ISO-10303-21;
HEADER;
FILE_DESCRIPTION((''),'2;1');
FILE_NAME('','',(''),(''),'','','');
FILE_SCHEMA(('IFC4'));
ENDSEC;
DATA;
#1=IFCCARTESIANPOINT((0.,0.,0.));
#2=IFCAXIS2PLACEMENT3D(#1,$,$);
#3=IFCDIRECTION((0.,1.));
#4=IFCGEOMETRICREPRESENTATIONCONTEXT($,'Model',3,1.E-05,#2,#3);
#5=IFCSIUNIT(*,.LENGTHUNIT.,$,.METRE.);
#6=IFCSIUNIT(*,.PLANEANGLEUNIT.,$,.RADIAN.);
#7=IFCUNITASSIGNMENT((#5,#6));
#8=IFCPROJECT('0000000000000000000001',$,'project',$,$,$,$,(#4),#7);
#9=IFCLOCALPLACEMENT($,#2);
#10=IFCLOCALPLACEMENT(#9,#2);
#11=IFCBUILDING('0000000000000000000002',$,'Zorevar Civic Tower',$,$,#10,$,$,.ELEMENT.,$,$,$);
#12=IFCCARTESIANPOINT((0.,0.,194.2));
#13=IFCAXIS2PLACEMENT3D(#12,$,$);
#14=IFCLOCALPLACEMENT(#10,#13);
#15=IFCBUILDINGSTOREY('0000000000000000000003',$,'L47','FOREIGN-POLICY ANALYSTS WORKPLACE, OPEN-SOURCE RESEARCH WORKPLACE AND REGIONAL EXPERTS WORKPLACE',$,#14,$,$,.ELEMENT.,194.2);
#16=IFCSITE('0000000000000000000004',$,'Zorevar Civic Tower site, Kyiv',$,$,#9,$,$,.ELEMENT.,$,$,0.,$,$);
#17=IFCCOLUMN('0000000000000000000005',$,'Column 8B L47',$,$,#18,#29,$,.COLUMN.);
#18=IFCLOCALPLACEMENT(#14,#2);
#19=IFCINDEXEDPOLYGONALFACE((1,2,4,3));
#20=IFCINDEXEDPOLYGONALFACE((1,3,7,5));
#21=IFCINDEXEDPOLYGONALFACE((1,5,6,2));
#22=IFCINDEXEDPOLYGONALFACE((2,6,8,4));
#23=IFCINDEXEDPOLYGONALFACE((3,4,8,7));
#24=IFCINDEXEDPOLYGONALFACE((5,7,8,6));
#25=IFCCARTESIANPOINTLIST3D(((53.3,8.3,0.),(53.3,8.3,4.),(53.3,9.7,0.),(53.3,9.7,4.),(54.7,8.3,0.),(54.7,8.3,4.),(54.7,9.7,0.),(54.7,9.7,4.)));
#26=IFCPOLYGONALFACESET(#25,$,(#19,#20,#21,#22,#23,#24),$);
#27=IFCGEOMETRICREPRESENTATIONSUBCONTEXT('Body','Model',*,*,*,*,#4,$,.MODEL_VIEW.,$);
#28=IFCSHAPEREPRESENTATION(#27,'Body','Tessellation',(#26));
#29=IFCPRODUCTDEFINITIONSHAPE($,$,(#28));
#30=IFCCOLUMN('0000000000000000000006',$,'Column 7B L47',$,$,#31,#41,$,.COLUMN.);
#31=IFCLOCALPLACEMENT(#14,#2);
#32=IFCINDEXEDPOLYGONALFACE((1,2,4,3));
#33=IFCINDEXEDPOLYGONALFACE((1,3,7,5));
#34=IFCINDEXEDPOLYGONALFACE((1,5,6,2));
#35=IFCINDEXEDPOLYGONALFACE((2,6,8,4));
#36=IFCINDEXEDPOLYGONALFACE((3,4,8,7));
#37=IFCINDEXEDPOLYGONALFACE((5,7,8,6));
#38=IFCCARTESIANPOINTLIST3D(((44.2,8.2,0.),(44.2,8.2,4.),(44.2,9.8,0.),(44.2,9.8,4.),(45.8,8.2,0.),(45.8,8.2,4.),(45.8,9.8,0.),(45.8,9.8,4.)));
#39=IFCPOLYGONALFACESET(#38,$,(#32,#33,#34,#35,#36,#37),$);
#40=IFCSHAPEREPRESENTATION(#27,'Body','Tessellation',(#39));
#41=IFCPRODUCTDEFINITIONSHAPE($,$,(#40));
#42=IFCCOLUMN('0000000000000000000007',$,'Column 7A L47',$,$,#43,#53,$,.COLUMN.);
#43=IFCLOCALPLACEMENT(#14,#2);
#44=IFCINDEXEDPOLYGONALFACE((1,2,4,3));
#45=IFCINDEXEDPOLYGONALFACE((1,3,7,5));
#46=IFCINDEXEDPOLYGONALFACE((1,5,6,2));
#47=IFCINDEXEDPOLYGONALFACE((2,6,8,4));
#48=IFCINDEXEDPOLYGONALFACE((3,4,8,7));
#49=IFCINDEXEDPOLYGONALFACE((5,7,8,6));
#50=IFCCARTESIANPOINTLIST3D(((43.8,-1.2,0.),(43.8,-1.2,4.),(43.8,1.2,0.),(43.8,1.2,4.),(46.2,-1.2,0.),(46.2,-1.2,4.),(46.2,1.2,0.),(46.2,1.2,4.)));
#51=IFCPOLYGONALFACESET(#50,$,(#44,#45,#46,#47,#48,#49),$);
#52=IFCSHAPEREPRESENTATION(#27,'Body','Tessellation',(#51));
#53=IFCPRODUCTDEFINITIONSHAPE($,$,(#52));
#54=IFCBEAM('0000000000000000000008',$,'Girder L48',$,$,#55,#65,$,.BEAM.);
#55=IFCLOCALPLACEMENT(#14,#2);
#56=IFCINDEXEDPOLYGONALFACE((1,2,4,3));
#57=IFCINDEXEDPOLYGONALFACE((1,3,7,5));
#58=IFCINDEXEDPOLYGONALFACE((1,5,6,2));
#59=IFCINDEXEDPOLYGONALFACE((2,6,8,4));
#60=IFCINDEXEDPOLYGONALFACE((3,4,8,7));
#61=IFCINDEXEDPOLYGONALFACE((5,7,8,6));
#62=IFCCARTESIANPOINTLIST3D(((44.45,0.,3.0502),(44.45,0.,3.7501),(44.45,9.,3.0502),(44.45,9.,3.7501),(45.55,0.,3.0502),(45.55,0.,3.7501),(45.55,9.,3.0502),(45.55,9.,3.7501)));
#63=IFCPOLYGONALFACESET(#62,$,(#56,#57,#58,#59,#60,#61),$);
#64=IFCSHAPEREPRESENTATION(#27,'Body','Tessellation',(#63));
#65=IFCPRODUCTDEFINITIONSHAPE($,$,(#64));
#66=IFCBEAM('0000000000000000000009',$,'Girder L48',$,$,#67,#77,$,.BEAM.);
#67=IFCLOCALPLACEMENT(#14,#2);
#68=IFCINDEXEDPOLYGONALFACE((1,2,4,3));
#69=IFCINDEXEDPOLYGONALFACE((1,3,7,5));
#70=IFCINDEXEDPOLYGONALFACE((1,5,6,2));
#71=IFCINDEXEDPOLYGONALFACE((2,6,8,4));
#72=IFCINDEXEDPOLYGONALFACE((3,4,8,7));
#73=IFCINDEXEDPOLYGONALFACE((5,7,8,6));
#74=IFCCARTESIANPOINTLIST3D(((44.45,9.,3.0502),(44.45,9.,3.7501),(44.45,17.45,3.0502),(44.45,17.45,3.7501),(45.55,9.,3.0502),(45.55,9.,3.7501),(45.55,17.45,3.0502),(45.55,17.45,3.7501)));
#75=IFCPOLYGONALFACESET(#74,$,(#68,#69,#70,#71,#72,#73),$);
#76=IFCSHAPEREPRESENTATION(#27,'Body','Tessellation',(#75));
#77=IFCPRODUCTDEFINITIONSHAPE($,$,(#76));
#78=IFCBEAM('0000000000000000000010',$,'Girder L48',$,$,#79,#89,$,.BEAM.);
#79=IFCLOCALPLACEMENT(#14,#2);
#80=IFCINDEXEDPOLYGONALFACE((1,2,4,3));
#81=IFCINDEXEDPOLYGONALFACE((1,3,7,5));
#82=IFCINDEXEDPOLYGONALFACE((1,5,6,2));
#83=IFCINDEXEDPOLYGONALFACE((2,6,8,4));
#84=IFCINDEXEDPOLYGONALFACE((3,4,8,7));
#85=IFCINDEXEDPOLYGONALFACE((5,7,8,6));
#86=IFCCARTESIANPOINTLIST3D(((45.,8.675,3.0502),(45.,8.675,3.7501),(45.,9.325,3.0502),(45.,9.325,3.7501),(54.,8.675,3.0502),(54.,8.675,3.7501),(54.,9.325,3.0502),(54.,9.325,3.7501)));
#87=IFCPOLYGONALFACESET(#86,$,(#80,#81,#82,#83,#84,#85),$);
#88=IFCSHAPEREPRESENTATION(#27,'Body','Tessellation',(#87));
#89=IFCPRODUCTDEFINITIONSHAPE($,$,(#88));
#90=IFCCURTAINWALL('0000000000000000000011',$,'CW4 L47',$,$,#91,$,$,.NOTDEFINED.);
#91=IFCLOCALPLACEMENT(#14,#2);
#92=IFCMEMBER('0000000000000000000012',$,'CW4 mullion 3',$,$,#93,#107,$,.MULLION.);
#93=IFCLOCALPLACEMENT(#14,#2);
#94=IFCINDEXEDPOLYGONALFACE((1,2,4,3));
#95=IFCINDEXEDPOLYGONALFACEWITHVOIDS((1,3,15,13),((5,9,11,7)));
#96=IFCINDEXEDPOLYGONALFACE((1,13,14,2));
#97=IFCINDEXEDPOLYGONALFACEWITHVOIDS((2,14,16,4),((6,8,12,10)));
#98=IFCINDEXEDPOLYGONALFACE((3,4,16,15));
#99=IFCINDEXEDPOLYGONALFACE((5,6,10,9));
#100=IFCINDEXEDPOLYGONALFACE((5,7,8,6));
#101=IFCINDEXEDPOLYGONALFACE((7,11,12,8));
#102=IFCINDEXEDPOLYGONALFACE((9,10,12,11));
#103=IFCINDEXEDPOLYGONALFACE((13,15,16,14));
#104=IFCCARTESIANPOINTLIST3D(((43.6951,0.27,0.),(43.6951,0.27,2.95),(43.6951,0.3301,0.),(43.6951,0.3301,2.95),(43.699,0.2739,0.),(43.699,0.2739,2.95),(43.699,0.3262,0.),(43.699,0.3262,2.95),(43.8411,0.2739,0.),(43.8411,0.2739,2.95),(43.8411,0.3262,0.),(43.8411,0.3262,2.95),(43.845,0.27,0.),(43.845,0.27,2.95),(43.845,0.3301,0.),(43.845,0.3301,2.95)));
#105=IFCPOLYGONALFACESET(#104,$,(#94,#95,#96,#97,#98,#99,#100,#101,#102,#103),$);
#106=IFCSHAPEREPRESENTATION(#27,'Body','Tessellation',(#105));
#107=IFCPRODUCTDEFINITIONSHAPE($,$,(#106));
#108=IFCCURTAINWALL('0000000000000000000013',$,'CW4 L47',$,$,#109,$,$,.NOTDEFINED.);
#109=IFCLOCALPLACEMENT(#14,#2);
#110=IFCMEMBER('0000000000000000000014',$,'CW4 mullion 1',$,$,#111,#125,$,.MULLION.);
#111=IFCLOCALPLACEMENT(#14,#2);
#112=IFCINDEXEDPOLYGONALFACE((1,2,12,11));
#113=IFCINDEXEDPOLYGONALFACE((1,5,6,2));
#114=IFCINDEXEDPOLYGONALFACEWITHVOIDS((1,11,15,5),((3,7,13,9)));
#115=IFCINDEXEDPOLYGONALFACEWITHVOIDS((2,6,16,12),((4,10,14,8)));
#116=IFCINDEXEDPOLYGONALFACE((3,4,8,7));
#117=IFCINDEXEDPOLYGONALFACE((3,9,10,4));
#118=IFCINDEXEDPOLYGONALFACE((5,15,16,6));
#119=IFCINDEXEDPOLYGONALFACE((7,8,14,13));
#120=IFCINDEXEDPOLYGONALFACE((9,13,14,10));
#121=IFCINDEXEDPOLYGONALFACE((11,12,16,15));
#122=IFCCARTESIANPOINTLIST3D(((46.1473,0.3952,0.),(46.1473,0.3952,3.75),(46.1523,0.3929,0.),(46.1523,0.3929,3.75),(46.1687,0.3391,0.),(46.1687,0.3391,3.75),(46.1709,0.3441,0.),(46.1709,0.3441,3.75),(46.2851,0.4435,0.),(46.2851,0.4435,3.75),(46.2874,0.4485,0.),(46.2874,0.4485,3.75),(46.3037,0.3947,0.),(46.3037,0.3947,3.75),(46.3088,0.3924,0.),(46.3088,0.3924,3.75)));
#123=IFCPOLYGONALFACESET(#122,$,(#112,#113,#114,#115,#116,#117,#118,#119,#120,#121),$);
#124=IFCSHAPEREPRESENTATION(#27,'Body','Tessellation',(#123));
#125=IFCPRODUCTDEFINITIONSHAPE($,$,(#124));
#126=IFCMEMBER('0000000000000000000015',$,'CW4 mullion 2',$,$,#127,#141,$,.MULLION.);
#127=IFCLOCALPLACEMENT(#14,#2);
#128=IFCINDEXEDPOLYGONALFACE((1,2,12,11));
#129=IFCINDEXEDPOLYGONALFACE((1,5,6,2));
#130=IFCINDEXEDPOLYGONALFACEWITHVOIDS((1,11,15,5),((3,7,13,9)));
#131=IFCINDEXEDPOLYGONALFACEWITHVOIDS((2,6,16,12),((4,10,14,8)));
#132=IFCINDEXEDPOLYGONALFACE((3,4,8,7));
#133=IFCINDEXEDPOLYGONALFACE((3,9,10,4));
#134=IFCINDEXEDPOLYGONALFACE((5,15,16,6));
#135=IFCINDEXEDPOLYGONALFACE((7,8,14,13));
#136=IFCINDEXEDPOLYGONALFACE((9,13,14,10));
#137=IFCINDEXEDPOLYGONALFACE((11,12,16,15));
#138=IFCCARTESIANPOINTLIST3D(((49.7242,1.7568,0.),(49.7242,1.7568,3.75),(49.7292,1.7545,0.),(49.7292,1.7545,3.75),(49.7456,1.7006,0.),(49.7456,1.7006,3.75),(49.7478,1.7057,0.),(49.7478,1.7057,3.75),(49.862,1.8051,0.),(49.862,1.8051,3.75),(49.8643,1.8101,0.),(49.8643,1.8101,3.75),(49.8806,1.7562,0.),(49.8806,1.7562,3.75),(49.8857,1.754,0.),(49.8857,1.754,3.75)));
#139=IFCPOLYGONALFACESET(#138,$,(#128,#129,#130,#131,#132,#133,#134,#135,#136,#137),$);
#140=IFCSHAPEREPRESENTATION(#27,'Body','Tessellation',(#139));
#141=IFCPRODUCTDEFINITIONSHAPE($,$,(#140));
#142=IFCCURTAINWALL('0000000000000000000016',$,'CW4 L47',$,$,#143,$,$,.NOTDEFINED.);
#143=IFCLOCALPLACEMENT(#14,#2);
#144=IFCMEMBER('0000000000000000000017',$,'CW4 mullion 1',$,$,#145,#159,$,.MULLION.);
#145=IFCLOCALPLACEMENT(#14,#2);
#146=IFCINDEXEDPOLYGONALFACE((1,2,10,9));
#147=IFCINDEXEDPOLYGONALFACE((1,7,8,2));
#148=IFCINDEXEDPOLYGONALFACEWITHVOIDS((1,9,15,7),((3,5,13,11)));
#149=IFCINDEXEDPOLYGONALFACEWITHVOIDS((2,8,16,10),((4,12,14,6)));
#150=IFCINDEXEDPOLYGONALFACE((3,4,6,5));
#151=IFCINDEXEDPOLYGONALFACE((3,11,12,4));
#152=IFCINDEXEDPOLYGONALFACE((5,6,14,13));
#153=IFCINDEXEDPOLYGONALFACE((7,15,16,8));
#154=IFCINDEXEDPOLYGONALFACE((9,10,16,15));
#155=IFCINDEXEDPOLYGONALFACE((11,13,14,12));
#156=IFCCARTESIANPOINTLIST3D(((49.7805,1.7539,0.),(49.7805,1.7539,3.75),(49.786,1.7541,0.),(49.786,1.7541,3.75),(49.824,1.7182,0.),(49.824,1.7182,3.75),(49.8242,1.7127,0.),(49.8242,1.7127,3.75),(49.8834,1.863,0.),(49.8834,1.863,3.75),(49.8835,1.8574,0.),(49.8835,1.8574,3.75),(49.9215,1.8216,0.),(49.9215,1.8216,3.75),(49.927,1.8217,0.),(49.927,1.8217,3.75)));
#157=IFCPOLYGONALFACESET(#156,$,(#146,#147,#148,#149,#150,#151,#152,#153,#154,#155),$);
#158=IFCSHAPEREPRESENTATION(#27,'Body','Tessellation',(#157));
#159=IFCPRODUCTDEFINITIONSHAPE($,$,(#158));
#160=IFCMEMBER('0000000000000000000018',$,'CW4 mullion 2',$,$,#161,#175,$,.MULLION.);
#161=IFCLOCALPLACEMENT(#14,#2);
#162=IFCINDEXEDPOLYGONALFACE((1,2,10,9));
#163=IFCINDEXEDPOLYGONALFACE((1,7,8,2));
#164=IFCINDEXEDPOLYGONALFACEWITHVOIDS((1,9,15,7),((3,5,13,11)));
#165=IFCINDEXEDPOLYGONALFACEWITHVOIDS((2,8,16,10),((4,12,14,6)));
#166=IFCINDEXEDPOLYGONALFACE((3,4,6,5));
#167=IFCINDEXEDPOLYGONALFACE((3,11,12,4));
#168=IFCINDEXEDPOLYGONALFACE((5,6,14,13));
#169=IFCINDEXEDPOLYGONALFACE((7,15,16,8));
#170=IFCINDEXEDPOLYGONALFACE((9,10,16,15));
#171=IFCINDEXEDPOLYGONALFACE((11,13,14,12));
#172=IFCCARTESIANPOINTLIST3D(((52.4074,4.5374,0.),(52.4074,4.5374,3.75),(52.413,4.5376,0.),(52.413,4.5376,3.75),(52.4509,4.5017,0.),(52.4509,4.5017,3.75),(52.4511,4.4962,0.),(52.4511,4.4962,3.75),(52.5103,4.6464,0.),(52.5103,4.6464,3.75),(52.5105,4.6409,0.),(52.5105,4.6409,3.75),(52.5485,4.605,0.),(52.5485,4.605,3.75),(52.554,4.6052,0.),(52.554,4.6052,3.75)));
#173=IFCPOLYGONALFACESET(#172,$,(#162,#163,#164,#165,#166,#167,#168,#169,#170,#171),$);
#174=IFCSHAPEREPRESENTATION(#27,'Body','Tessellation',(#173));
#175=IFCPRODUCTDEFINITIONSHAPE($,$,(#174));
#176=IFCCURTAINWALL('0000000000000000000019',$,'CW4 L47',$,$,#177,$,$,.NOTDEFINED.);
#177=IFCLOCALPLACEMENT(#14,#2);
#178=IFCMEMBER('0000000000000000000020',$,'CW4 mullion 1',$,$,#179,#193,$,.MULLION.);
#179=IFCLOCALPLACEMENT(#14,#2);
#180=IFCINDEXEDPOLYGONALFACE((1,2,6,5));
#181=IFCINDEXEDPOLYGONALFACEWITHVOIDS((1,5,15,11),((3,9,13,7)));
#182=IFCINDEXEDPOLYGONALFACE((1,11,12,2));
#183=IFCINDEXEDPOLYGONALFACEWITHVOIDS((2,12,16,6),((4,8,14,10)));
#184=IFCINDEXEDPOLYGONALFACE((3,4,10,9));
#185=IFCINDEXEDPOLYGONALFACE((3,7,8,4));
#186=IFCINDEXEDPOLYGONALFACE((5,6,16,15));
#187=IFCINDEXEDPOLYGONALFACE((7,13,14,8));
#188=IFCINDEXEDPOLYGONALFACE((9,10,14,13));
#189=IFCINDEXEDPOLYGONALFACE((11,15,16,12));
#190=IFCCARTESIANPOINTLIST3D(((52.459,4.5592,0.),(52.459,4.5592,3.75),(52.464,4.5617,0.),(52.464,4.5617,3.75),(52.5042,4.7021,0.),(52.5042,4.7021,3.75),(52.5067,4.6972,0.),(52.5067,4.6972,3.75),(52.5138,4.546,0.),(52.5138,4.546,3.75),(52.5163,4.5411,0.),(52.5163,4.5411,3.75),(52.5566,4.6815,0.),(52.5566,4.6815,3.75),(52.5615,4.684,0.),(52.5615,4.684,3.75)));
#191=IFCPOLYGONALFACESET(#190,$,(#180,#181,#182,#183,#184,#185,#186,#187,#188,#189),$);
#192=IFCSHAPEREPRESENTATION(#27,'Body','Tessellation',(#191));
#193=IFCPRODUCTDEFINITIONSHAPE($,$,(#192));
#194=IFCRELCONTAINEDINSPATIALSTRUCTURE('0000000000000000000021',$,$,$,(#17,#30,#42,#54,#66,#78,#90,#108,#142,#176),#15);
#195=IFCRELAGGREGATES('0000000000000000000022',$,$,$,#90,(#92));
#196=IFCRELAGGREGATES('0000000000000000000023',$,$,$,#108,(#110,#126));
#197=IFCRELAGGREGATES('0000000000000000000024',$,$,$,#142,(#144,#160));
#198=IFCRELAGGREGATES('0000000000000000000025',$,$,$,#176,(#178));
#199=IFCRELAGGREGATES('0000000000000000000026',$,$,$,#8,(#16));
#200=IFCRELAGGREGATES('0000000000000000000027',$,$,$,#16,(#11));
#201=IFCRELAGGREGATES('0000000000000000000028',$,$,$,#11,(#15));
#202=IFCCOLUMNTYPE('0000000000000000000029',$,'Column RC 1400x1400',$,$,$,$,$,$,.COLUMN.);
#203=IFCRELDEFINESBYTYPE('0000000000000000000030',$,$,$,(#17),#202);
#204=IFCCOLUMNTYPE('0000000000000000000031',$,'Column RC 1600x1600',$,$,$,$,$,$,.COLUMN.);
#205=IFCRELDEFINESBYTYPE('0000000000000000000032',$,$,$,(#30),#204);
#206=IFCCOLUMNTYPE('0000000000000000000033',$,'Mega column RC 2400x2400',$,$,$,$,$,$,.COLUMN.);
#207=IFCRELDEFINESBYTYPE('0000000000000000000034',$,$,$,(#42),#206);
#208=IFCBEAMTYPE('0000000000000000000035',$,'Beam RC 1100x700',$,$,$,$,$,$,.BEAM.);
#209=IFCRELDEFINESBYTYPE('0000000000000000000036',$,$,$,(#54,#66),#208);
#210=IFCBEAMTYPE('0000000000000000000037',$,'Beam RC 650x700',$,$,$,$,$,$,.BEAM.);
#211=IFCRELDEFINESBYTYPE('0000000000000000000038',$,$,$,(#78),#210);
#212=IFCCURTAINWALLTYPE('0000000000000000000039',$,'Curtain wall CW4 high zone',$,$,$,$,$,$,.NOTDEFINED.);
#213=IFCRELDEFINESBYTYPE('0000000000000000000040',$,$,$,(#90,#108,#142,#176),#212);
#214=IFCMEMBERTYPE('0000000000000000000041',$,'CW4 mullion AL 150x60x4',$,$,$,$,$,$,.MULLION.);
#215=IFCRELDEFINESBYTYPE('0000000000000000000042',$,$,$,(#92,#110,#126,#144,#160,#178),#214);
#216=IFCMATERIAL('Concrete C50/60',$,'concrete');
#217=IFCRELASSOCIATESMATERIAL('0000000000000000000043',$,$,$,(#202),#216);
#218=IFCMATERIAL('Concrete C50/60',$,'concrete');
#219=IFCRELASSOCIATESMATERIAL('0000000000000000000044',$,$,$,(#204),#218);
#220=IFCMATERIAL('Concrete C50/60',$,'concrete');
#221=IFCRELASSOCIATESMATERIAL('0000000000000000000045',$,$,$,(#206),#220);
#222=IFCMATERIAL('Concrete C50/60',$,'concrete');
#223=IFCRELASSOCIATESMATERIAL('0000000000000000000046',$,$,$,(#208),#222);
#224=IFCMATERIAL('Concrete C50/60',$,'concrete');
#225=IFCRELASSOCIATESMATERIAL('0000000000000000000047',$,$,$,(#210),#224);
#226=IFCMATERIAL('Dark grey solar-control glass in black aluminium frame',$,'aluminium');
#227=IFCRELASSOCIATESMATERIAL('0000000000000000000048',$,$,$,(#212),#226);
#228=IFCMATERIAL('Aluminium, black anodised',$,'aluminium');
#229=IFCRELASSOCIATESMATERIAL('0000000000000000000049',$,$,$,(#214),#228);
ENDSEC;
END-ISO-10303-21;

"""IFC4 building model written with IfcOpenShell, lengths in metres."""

from ifc_helpers import new_model, si_unit, direction, frame, origin, origin_2d, place, context, subcontext, project, spatial, rectangle, hollow_rectangle, extrude, material, material_profile, profile_set, type_object, element, aggregate, save


model = new_model("IFC4")

# Units and contexts
model_context = context("Model", 3, precision=1e-05, world=origin(), true_north=direction((0.0, 1.0)))
body_context = subcontext(model_context, "Body", "Model", "MODEL_VIEW")
ifc_project = project(units=[si_unit("LENGTHUNIT", "METRE"), si_unit("PLANEANGLEUNIT", "RADIAN")], contexts=[model_context])

# Site, building, storey
site_placement = place(None, origin())
site = spatial("IfcSite", under=ifc_project, at=site_placement, Name="Zorevar Civic Tower site, Kyiv", CompositionType="ELEMENT", RefElevation=0.0)
building_placement = place(site_placement, origin())
building = spatial("IfcBuilding", under=site, at=building_placement, Name="Zorevar Civic Tower", CompositionType="ELEMENT")
storey_placement = place(building_placement, frame((0.0, 0.0, 194.2)))
storey = spatial("IfcBuildingStorey", under=building, at=storey_placement, Name="L47", Description="FOREIGN-POLICY ANALYSTS WORKPLACE, OPEN-SOURCE RESEARCH WORKPLACE AND REGIONAL EXPERTS WORKPLACE", CompositionType="ELEMENT", Elevation=194.2)

# Columns
ifc_material_1 = material(Name="Concrete C50/60", Category="concrete")
ifc_material_profile_1 = material_profile(ifc_material_1, rectangle(XDim=1.3999, YDim=1.3999, at=origin_2d()), Name="RC 1400x1400")
ifc_profile_set_1 = profile_set([ifc_material_profile_1], Name="Concrete C50/60")
column_type_1 = type_object("IfcColumnType", Name="Column RC 1400x1400", PredefinedType="COLUMN", material=ifc_profile_set_1)
column_1_placement = place(storey_placement, frame((54.0, 9.0, 0.0), z_axis=(0.0, 0.0, 1.0), x_axis=(1.0, 0.0, 0.0)))
element("IfcColumn", 1, at=column_1_placement, inside=storey, type_object=column_type_1, Name="Column 8B L47", PredefinedType="COLUMN", context=body_context, shape_type="SweptSolid", body=[
    extrude(rectangle(XDim=1.3999, YDim=1.3999, at=origin_2d()), origin(), (0.0, 0.0, 1.0), 4.0),
])
ifc_material_2 = material(Name="Concrete C50/60", Category="concrete")
ifc_material_profile_2 = material_profile(ifc_material_2, rectangle(XDim=1.6001, YDim=1.6001, at=origin_2d()), Name="RC 1600x1600")
ifc_profile_set_2 = profile_set([ifc_material_profile_2], Name="Concrete C50/60")
column_type_2 = type_object("IfcColumnType", Name="Column RC 1600x1600", PredefinedType="COLUMN", material=ifc_profile_set_2)
column_2_placement = place(storey_placement, frame((45.0, 9.0, 0.0), z_axis=(0.0, 0.0, 1.0), x_axis=(1.0, 0.0, 0.0)))
element("IfcColumn", 2, at=column_2_placement, inside=storey, type_object=column_type_2, Name="Column 7B L47", PredefinedType="COLUMN", context=body_context, shape_type="SweptSolid", body=[
    extrude(rectangle(XDim=1.6001, YDim=1.6001, at=origin_2d()), origin(), (0.0, 0.0, 1.0), 4.0),
])
ifc_material_3 = material(Name="Concrete C50/60", Category="concrete")
ifc_material_profile_3 = material_profile(ifc_material_3, rectangle(XDim=2.3999, YDim=2.3999, at=origin_2d()), Name="RC 2400x2400")
ifc_profile_set_3 = profile_set([ifc_material_profile_3], Name="Concrete C50/60")
column_type_3 = type_object("IfcColumnType", Name="Mega column RC 2400x2400", PredefinedType="COLUMN", material=ifc_profile_set_3)
column_3_placement = place(storey_placement, frame((45.0, 0.0, 0.0), z_axis=(0.0, 0.0, 1.0), x_axis=(1.0, 0.0, 0.0)))
element("IfcColumn", 3, at=column_3_placement, inside=storey, type_object=column_type_3, Name="Column 7A L47", PredefinedType="COLUMN", context=body_context, shape_type="SweptSolid", body=[
    extrude(rectangle(XDim=2.3999, YDim=2.3999, at=origin_2d()), origin(), (0.0, 0.0, 1.0), 4.0),
])

# Beams
ifc_material_4 = material(Name="Concrete C50/60", Category="concrete")
ifc_material_profile_4 = material_profile(ifc_material_4, rectangle(XDim=1.1001, YDim=0.7, at=origin_2d()), Name="RC 1100x700")
ifc_profile_set_4 = profile_set([ifc_material_profile_4], Name="Concrete C50/60")
beam_type_1 = type_object("IfcBeamType", Name="Beam RC 1100x700", PredefinedType="BEAM", material=ifc_profile_set_4)
beam_1_placement = place(storey_placement, frame((45.0, 0.0, 3.4001), z_axis=(0.0, 1.0, 0.0), x_axis=(-1.0, 0.0, 0.0)))
element("IfcBeam", 4, at=beam_1_placement, inside=storey, type_object=beam_type_1, Name="Girder L48", PredefinedType="BEAM", context=body_context, shape_type="SweptSolid", body=[
    extrude(rectangle(XDim=1.1001, YDim=0.7, at=origin_2d()), origin(), (0.0, 0.0, 1.0), 9.0),
])
beam_2_placement = place(storey_placement, frame((45.0, 9.0, 3.4001), z_axis=(0.0, 1.0, 0.0), x_axis=(-1.0, 0.0, 0.0)))
element("IfcBeam", 5, at=beam_2_placement, inside=storey, type_object=beam_type_1, Name="Girder L48", PredefinedType="BEAM", context=body_context, shape_type="SweptSolid", body=[
    extrude(rectangle(XDim=1.1001, YDim=0.7, at=origin_2d()), origin(), (0.0, 0.0, 1.0), 8.45),
])
ifc_material_5 = material(Name="Concrete C50/60", Category="concrete")
ifc_material_profile_5 = material_profile(ifc_material_5, rectangle(XDim=0.6499, YDim=0.7, at=origin_2d()), Name="RC 650x700")
ifc_profile_set_5 = profile_set([ifc_material_profile_5], Name="Concrete C50/60")
beam_type_2 = type_object("IfcBeamType", Name="Beam RC 650x700", PredefinedType="BEAM", material=ifc_profile_set_5)
beam_3_placement = place(storey_placement, frame((45.0, 9.0, 3.4001), z_axis=(1.0, 0.0, 0.0), x_axis=(0.0, 1.0, 0.0)))
element("IfcBeam", 6, at=beam_3_placement, inside=storey, type_object=beam_type_2, Name="Girder L48", PredefinedType="BEAM", context=body_context, shape_type="SweptSolid", body=[
    extrude(rectangle(XDim=0.6499, YDim=0.7, at=origin_2d()), origin(), (0.0, 0.0, 1.0), 9.0),
])

# Curtain wall, member
ifc_material_6 = material(Name="Dark grey solar-control glass in black aluminium frame", Category="aluminium")
curtain_wall_type = type_object("IfcCurtainWallType", Name="Curtain wall CW4 high zone", PredefinedType="NOTDEFINED", material=ifc_material_6)
curtain_wall_1_placement = place(storey_placement, origin())
curtain_wall_1 = element("IfcCurtainWall", 7, at=curtain_wall_1_placement, inside=storey, type_object=curtain_wall_type, Name="CW4 L47", PredefinedType="NOTDEFINED")
ifc_material_7 = material(Name="Aluminium, black anodised", Category="aluminium")
ifc_material_profile_6 = material_profile(ifc_material_7, hollow_rectangle(XDim=0.0601, YDim=0.1499, WallThickness=0.0039, at=origin_2d()), Name="AL 150x60x4")
ifc_profile_set_6 = profile_set([ifc_material_profile_6], Name="Aluminium, black anodised")
member_type_1 = type_object("IfcMemberType", Name="CW4 mullion AL 150x60x4", PredefinedType="MULLION", material=ifc_profile_set_6)
member_1_placement = place(storey_placement, frame((43.77, 0.3, 0.0), z_axis=(0.0, 0.0, 1.0), x_axis=(0.0, 1.0, 0.0)))
member_1 = element("IfcMember", 8, at=member_1_placement, type_object=member_type_1, Name="CW4 mullion 3", PredefinedType="MULLION", context=body_context, shape_type="SweptSolid", body=[
    extrude(hollow_rectangle(XDim=0.0601, YDim=0.1499, WallThickness=0.0039, at=origin_2d()), origin(), (0.0, 0.0, 1.0), 2.95),
])

# Curtain walls, members
curtain_wall_2_placement = place(storey_placement, origin())
curtain_wall_2 = element("IfcCurtainWall", 9, at=curtain_wall_2_placement, inside=storey, type_object=curtain_wall_type, Name="CW4 L47", PredefinedType="NOTDEFINED")
member_2_placement = place(storey_placement, frame((46.228, 0.3938, 0.0), z_axis=(0.0, 0.0, 1.0), x_axis=(-0.355731, 0.934588, 0.0)))
member_2 = element("IfcMember", 10, at=member_2_placement, type_object=member_type_1, Name="CW4 mullion 1", PredefinedType="MULLION", context=body_context, shape_type="SweptSolid", body=[
    extrude(hollow_rectangle(XDim=0.0601, YDim=0.1499, WallThickness=0.0039, at=origin_2d()), origin(), (0.0, 0.0, 1.0), 3.75),
])
member_3_placement = place(storey_placement, frame((49.8049, 1.7554, 0.0), z_axis=(0.0, 0.0, 1.0), x_axis=(-0.355731, 0.934588, 0.0)))
member_3 = element("IfcMember", 11, at=member_3_placement, type_object=member_type_1, Name="CW4 mullion 2", PredefinedType="MULLION", context=body_context, shape_type="SweptSolid", body=[
    extrude(hollow_rectangle(XDim=0.0601, YDim=0.1499, WallThickness=0.0039, at=origin_2d()), origin(), (0.0, 0.0, 1.0), 3.75),
])
curtain_wall_3_placement = place(storey_placement, origin())
curtain_wall_3 = element("IfcCurtainWall", 12, at=curtain_wall_3_placement, inside=storey, type_object=curtain_wall_type, Name="CW4 L47", PredefinedType="NOTDEFINED")
member_4_placement = place(storey_placement, frame((49.8538, 1.7878, 0.0), z_axis=(0.0, 0.0, 1.0), x_axis=(-0.727245, 0.686378, 0.0)))
member_4 = element("IfcMember", 13, at=member_4_placement, type_object=member_type_1, Name="CW4 mullion 1", PredefinedType="MULLION", context=body_context, shape_type="SweptSolid", body=[
    extrude(hollow_rectangle(XDim=0.0601, YDim=0.1499, WallThickness=0.0039, at=origin_2d()), origin(), (0.0, 0.0, 1.0), 3.75),
])
member_5_placement = place(storey_placement, frame((52.4807, 4.5713, 0.0), z_axis=(0.0, 0.0, 1.0), x_axis=(-0.727245, 0.686378, 0.0)))
member_5 = element("IfcMember", 14, at=member_5_placement, type_object=member_type_1, Name="CW4 mullion 2", PredefinedType="MULLION", context=body_context, shape_type="SweptSolid", body=[
    extrude(hollow_rectangle(XDim=0.0601, YDim=0.1499, WallThickness=0.0039, at=origin_2d()), origin(), (0.0, 0.0, 1.0), 3.75),
])
curtain_wall_4_placement = place(storey_placement, origin())
curtain_wall_4 = element("IfcCurtainWall", 15, at=curtain_wall_4_placement, inside=storey, type_object=curtain_wall_type, Name="CW4 L47", PredefinedType="NOTDEFINED")
member_6_placement = place(storey_placement, frame((52.5103, 4.6216, 0.0), z_axis=(0.0, 0.0, 1.0), x_axis=(-0.95359, 0.301108, 0.0)))
member_6 = element("IfcMember", 16, at=member_6_placement, type_object=member_type_1, Name="CW4 mullion 1", PredefinedType="MULLION", context=body_context, shape_type="SweptSolid", body=[
    extrude(hollow_rectangle(XDim=0.0601, YDim=0.1499, WallThickness=0.0039, at=origin_2d()), origin(), (0.0, 0.0, 1.0), 3.75),
])

aggregate(curtain_wall_1, [member_1])
aggregate(curtain_wall_2, [member_2, member_3])
aggregate(curtain_wall_3, [member_4, member_5])
aggregate(curtain_wall_4, [member_6])

save(model, "model.ifc")
